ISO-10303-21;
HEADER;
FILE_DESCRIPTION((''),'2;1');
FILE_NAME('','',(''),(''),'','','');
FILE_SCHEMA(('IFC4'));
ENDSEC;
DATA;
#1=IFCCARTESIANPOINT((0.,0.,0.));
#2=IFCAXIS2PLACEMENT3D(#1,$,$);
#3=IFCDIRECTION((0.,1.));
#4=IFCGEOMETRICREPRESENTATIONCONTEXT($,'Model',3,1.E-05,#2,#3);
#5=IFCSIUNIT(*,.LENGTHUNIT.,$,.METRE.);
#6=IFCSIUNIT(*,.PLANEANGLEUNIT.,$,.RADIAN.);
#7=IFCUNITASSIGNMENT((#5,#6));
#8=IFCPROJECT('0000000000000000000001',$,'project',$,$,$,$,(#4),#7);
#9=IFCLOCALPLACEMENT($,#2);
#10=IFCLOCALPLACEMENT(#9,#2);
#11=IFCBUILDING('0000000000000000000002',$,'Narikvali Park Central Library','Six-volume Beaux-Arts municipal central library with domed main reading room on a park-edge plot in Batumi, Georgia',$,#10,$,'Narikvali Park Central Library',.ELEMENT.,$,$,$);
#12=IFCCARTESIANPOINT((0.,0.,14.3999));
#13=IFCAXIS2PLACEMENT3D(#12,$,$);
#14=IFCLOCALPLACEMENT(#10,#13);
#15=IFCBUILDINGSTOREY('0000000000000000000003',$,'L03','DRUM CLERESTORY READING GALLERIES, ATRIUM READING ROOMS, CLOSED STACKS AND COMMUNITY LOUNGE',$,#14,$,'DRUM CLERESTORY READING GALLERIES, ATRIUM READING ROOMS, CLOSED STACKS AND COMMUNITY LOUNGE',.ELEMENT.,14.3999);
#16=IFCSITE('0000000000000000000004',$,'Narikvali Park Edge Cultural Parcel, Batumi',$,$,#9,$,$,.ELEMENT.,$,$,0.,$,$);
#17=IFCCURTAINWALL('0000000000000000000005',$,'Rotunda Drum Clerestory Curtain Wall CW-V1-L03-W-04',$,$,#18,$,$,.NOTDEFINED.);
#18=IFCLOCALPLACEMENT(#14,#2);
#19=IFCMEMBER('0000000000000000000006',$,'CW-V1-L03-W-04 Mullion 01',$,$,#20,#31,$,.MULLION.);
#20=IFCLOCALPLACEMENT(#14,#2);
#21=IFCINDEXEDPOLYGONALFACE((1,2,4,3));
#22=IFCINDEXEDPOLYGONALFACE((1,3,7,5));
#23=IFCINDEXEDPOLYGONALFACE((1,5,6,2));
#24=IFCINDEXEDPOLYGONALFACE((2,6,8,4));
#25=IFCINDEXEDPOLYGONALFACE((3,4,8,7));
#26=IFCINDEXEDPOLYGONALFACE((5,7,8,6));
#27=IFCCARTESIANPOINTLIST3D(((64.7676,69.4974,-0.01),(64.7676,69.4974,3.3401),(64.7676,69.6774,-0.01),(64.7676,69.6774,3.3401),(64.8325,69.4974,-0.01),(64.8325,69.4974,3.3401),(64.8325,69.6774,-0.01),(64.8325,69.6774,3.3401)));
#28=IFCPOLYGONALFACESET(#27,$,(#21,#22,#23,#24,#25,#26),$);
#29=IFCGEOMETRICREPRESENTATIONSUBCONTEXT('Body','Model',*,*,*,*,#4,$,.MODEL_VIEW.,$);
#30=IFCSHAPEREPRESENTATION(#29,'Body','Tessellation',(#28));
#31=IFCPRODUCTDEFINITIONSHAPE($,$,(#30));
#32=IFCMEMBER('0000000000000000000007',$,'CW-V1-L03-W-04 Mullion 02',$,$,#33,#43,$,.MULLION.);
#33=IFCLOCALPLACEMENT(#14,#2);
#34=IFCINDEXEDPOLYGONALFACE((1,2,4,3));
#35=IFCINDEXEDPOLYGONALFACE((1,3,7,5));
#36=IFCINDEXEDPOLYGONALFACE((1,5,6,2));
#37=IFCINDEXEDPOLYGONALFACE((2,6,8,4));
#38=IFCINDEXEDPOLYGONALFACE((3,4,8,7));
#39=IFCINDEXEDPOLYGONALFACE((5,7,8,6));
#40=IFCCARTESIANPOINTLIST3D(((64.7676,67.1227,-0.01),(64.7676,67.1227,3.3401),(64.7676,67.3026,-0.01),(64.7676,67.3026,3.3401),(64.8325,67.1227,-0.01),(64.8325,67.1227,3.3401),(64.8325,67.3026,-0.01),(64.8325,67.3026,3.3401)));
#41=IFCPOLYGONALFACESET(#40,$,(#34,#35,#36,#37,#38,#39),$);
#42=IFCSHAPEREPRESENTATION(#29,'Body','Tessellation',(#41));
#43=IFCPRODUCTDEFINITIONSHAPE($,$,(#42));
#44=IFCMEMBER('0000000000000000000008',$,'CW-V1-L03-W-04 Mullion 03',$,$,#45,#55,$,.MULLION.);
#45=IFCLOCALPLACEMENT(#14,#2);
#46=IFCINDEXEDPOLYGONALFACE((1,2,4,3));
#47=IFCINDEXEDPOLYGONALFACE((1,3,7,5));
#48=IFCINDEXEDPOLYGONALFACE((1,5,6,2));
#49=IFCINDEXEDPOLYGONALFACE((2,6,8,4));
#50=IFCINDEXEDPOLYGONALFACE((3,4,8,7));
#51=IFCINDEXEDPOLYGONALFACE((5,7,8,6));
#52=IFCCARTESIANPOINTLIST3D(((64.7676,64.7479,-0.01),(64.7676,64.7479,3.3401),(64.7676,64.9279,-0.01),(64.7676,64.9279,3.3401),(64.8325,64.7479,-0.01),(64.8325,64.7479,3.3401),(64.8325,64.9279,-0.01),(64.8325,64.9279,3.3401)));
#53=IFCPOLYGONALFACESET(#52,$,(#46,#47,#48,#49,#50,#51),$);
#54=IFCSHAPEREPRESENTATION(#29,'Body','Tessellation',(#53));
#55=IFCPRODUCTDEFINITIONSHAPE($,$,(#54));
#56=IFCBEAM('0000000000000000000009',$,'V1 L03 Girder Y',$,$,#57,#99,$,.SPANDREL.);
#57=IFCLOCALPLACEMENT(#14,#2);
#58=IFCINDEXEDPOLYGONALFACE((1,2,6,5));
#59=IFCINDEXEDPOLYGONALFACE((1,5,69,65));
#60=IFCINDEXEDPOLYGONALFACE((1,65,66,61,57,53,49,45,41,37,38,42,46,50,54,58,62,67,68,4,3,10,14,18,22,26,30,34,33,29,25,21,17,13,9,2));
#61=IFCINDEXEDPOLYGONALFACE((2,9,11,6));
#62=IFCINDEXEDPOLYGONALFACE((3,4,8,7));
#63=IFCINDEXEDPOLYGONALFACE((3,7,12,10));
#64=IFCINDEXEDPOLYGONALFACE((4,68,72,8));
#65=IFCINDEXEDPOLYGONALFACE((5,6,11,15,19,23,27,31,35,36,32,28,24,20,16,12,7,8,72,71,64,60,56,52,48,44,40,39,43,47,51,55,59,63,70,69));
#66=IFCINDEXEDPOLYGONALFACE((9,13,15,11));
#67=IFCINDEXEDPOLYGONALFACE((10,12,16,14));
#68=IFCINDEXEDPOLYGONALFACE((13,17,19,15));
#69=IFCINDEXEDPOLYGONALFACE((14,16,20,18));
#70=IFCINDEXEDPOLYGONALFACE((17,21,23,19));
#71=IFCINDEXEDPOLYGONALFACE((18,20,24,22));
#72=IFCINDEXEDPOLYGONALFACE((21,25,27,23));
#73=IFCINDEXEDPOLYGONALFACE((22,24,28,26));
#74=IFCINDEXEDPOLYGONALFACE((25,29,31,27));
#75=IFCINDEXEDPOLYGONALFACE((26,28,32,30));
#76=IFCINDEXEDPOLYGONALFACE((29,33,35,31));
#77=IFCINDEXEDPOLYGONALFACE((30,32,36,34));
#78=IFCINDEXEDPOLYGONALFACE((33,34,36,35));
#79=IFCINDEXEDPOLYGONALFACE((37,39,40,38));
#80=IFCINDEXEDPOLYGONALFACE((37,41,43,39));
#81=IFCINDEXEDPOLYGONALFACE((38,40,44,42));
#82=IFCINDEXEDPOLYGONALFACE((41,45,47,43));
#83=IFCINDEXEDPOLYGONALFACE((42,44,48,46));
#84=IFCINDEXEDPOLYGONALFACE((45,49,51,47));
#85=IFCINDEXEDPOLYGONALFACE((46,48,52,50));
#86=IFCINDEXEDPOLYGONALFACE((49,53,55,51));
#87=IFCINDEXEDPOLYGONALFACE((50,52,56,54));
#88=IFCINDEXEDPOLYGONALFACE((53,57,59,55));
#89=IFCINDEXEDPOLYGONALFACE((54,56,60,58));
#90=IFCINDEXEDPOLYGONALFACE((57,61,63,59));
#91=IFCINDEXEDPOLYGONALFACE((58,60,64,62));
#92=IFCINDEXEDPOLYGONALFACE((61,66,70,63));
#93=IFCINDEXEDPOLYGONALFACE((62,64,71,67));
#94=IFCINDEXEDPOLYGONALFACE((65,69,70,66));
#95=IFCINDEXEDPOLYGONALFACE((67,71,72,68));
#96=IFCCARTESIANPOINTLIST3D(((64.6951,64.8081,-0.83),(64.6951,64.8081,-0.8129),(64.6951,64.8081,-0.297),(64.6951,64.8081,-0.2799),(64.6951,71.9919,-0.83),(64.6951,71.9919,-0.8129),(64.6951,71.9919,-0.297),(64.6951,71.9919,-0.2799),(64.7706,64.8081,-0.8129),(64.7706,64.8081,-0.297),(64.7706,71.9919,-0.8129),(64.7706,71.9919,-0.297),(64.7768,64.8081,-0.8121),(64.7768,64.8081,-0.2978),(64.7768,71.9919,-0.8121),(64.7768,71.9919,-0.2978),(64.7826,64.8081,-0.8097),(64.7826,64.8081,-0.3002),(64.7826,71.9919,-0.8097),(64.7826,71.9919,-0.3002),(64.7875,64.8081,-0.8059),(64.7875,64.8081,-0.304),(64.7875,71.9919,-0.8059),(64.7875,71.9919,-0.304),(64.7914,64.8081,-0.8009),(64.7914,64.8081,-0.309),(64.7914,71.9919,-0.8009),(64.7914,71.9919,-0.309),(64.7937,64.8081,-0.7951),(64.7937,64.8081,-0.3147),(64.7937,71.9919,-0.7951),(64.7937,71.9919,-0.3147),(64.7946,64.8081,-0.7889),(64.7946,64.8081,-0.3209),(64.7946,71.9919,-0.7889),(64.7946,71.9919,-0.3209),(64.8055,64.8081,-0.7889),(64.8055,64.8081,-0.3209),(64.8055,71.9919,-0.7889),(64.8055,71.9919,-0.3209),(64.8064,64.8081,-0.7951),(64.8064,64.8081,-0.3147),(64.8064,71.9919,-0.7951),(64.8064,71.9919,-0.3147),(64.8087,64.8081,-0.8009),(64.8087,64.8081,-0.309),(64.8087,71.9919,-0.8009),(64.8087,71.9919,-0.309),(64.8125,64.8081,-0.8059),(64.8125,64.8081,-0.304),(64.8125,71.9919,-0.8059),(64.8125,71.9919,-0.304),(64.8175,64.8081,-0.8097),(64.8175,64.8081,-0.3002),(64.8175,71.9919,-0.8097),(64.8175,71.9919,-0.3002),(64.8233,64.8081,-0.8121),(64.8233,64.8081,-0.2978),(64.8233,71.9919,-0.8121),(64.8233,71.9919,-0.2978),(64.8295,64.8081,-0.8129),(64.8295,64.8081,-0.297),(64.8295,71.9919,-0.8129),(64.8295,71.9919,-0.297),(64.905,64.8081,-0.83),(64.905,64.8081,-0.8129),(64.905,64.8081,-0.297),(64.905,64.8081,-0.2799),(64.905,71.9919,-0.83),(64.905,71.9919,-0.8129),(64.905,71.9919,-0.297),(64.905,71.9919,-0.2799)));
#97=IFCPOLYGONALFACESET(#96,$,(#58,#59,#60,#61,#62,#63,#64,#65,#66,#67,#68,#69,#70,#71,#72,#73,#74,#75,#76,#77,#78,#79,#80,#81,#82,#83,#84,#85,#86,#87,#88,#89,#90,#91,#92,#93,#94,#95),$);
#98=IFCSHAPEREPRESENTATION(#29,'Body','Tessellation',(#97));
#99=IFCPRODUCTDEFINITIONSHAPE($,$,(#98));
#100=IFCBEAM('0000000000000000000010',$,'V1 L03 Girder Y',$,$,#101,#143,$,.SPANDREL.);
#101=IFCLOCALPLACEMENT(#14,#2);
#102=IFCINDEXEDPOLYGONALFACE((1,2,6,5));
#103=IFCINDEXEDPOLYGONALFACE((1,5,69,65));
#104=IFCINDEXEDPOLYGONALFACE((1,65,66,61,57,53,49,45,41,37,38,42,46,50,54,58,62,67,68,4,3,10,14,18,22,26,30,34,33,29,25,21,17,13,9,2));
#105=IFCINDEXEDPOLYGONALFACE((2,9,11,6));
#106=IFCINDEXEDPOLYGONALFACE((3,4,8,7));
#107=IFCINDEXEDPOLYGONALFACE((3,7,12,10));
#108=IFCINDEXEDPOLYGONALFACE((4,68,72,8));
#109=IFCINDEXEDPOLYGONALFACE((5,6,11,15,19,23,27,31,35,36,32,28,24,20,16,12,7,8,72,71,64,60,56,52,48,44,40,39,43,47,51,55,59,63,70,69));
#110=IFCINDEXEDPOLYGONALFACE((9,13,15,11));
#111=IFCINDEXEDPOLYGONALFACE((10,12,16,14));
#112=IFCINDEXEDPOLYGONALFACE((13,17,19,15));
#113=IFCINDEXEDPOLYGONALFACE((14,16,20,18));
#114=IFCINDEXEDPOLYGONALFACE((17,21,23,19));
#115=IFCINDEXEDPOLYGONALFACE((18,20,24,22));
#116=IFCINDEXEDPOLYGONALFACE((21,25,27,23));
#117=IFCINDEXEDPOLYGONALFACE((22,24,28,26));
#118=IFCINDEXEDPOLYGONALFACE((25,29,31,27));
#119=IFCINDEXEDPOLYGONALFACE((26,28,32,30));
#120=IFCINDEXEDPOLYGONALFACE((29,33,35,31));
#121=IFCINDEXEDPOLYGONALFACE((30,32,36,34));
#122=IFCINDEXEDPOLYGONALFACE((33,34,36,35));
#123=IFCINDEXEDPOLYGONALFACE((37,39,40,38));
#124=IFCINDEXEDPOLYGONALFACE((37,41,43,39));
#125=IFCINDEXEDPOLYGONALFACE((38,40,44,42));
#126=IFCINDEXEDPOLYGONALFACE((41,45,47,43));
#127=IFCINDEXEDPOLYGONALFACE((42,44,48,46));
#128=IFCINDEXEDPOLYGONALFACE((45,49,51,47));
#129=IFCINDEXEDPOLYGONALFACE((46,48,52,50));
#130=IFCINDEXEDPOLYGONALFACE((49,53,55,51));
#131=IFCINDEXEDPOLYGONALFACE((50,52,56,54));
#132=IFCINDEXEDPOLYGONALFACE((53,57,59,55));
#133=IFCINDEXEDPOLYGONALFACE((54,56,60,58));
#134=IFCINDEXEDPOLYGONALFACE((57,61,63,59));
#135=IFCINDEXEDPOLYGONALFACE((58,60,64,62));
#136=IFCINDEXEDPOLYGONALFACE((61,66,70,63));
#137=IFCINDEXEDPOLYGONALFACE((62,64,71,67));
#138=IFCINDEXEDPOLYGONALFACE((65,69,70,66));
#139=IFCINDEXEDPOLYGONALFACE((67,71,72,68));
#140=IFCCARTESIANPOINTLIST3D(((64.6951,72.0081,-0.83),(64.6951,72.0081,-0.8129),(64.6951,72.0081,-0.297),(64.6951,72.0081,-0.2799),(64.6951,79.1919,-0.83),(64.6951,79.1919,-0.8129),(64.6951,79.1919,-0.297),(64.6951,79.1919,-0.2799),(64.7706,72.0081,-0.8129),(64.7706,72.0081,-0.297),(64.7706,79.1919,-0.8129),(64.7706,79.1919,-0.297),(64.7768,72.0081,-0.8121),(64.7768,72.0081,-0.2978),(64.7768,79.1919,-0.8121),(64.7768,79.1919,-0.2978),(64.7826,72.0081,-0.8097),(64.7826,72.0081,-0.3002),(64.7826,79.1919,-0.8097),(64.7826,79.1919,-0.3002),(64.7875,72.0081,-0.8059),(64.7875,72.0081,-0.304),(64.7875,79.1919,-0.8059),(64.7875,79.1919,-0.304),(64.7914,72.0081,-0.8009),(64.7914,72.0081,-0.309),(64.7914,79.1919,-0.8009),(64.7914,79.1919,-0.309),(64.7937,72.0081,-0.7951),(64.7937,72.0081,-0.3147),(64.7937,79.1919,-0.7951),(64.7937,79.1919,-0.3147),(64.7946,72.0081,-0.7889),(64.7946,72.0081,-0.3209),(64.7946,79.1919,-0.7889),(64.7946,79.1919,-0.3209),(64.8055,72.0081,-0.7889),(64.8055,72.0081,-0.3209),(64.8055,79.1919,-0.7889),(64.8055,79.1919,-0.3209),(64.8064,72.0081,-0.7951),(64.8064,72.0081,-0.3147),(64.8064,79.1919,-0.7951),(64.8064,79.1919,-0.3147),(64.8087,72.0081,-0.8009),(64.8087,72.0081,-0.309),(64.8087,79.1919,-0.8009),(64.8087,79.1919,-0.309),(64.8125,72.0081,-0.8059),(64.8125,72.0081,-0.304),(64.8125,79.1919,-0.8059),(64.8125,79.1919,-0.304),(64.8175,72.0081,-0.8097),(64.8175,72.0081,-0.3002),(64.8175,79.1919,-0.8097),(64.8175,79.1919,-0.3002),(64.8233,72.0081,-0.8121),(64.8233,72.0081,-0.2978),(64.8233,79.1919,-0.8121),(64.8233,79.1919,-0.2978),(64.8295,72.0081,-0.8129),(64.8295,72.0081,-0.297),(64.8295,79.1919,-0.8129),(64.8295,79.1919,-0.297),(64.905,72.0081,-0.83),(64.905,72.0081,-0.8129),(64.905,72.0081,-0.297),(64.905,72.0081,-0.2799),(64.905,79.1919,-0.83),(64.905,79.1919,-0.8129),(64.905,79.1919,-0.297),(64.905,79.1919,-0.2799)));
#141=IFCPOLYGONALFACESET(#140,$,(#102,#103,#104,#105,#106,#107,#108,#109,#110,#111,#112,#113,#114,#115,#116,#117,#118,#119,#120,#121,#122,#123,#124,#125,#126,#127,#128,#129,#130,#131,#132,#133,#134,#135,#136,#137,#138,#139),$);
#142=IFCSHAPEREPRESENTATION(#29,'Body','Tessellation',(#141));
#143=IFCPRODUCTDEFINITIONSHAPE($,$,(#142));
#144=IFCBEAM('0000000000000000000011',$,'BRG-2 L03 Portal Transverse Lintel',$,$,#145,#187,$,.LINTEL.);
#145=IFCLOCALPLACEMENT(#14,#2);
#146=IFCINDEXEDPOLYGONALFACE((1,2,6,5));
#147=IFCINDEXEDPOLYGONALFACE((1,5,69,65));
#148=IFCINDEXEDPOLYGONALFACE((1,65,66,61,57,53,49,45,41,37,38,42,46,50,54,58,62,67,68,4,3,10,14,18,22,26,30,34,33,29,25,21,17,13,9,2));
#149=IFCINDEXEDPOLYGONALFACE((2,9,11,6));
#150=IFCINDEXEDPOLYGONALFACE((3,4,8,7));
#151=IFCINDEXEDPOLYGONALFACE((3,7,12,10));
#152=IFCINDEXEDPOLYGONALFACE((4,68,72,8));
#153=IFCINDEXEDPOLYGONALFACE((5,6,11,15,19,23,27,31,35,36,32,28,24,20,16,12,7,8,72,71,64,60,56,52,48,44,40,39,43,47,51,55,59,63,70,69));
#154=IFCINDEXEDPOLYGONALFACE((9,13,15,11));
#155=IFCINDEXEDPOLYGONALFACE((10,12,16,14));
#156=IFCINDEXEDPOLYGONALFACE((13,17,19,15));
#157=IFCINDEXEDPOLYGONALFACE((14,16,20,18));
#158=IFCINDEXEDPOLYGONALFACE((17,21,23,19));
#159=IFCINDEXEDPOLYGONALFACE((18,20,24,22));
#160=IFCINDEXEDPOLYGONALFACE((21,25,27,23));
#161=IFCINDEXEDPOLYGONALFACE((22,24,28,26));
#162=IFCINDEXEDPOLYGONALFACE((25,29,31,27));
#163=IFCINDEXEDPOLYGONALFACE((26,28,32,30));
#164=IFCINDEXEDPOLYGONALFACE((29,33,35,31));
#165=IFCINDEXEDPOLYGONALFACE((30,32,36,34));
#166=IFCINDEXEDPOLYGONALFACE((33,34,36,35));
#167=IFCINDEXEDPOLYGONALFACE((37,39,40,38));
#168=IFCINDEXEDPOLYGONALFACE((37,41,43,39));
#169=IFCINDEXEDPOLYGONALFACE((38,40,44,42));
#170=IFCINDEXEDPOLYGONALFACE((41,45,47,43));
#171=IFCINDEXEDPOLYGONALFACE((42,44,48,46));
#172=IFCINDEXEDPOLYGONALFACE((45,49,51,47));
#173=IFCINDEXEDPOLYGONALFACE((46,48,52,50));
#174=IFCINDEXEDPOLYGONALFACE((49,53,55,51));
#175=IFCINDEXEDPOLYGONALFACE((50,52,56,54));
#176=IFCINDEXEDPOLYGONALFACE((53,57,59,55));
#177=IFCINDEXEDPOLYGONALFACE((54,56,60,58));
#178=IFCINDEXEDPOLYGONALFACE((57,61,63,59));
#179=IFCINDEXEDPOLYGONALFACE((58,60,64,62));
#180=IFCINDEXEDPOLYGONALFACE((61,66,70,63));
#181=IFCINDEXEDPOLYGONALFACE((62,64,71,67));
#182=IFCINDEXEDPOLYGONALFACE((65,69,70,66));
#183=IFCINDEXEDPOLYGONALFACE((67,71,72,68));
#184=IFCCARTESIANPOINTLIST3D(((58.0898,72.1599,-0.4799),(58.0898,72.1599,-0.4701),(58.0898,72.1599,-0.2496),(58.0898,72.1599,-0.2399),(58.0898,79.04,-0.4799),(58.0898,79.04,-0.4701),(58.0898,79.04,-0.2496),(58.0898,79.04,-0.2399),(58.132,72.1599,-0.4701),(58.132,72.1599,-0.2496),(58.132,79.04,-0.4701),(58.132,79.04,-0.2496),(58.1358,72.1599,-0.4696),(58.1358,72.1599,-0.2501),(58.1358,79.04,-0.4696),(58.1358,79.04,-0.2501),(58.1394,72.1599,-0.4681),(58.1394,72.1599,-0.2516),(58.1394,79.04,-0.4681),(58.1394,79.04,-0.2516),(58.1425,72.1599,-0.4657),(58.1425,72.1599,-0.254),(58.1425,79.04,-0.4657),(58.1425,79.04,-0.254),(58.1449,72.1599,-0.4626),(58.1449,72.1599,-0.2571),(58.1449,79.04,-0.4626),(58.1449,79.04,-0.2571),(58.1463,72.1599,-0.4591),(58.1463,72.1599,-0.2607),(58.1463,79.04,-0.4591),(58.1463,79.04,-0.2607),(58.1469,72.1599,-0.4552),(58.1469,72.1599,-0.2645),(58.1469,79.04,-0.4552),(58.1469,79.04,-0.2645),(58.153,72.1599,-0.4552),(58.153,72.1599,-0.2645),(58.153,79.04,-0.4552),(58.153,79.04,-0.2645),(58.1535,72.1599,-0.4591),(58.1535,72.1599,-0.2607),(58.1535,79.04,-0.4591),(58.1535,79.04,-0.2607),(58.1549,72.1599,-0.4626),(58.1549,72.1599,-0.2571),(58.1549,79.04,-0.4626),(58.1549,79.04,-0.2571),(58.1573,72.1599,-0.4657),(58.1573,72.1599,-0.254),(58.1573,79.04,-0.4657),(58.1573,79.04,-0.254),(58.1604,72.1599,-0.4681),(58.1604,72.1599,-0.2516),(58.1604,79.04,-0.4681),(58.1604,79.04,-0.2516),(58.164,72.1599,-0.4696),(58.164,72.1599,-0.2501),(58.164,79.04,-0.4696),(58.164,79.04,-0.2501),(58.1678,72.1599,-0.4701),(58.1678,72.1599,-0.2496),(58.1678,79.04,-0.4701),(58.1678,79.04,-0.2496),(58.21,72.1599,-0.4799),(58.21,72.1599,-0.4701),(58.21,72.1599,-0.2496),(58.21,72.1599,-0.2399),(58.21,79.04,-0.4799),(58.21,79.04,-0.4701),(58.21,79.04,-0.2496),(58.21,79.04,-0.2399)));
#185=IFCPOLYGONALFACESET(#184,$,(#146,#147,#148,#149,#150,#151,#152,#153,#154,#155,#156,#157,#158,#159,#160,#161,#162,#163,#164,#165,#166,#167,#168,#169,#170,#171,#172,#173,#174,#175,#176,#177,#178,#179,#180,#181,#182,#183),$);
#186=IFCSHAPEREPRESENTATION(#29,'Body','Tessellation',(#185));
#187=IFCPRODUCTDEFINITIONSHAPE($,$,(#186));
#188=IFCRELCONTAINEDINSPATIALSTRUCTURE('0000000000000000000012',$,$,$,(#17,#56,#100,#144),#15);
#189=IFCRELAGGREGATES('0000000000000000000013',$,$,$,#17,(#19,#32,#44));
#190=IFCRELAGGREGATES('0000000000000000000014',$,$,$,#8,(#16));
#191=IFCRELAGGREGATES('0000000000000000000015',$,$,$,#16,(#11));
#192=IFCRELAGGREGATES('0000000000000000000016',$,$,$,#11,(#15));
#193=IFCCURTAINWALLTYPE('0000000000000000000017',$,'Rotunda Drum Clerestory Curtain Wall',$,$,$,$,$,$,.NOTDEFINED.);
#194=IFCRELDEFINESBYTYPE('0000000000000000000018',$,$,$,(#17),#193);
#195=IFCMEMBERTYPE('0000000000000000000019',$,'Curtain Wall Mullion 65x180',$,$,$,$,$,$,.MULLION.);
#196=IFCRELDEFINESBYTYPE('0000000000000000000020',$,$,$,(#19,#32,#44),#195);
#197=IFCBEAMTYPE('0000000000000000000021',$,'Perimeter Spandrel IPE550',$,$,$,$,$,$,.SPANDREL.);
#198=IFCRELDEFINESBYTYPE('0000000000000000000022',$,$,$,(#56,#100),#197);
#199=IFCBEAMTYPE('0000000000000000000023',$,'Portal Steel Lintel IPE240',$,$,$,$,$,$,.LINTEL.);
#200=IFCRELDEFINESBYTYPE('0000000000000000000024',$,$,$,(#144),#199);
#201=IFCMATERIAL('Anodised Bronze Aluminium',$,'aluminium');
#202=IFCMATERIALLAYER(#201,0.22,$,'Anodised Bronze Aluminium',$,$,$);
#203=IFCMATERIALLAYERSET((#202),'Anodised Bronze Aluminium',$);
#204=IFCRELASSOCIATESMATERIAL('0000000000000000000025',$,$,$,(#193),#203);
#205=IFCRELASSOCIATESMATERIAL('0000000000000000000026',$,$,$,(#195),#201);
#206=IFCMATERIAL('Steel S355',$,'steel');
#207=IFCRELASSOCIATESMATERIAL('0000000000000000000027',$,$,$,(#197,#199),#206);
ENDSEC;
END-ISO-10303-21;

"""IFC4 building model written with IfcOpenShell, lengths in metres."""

from ifc_helpers import new_model, si_unit, direction, frame, origin, origin_2d, place, context, subcontext, project, spatial, rectangle, i_section, extrude, material, layer, layer_set, material_profile, profile_set, type_object, element, aggregate, save


model = new_model("IFC4")

# Units and contexts
model_context = context("Model", 3, precision=1e-05, world=origin(), true_north=direction((0.0, 1.0)))
body_context = subcontext(model_context, "Body", "Model", "MODEL_VIEW")
ifc_project = project(units=[si_unit("LENGTHUNIT", "METRE"), si_unit("PLANEANGLEUNIT", "RADIAN")], contexts=[model_context])

# Site, building, storey
site_placement = place(None, origin())
site = spatial("IfcSite", under=ifc_project, at=site_placement, Name="Narikvali Park Edge Cultural Parcel, Batumi", CompositionType="ELEMENT", RefElevation=0.0)
building_placement = place(site_placement, origin())
building = spatial("IfcBuilding", under=site, at=building_placement, Name="Narikvali Park Central Library", Description="Six-volume Beaux-Arts municipal central library with domed main reading room on a park-edge plot in Batumi, Georgia", LongName="Narikvali Park Central Library", CompositionType="ELEMENT")
storey_placement = place(building_placement, frame((0.0, 0.0, 14.3999)))
storey = spatial("IfcBuildingStorey", under=building, at=storey_placement, Name="L03", Description="DRUM CLERESTORY READING GALLERIES, ATRIUM READING ROOMS, CLOSED STACKS AND COMMUNITY LOUNGE", LongName="DRUM CLERESTORY READING GALLERIES, ATRIUM READING ROOMS, CLOSED STACKS AND COMMUNITY LOUNGE", CompositionType="ELEMENT", Elevation=14.3999)

# Shared definitions
ifc_material_1 = material(Name="Steel S355", Category="steel")

# Curtain wall
ifc_material_2 = material(Name="Anodised Bronze Aluminium", Category="aluminium")
ifc_layer_1 = layer(ifc_material_2, 0.22, Name="Anodised Bronze Aluminium")
ifc_layer_set_1 = layer_set([ifc_layer_1], Name="Anodised Bronze Aluminium")
curtain_wall_type = type_object("IfcCurtainWallType", Name="Rotunda Drum Clerestory Curtain Wall", PredefinedType="NOTDEFINED", material=ifc_layer_set_1)
curtain_wall_1_placement = place(storey_placement, origin())
curtain_wall_1 = element("IfcCurtainWall", 1, at=curtain_wall_1_placement, inside=storey, type_object=curtain_wall_type, Name="Rotunda Drum Clerestory Curtain Wall CW-V1-L03-W-04", PredefinedType="NOTDEFINED")
ifc_material_profile_1 = material_profile(ifc_material_2, rectangle(XDim=0.0649, YDim=0.1799, at=origin_2d()), Name="CW MULLION 65x180")
ifc_profile_set_1 = profile_set([ifc_material_profile_1], Name="Anodised Bronze Aluminium")
member_type_1 = type_object("IfcMemberType", Name="Curtain Wall Mullion 65x180", PredefinedType="MULLION", material=ifc_profile_set_1)

# Members
member_1_placement = place(storey_placement, frame((64.8, 69.5874, -0.01), z_axis=(0.0, 0.0, 1.0), x_axis=(1.0, 0.0, 0.0)))
member_1 = element("IfcMember", 2, at=member_1_placement, type_object=member_type_1, Name="CW-V1-L03-W-04 Mullion 01", PredefinedType="MULLION", context=body_context, shape_type="SweptSolid", body=[
    extrude(rectangle(XDim=0.0649, YDim=0.1799, at=origin_2d()), origin(), (0.0, 0.0, 1.0), 3.3501),
])
member_2_placement = place(storey_placement, frame((64.8, 67.2126, -0.01), z_axis=(0.0, 0.0, 1.0), x_axis=(1.0, 0.0, 0.0)))
member_2 = element("IfcMember", 3, at=member_2_placement, type_object=member_type_1, Name="CW-V1-L03-W-04 Mullion 02", PredefinedType="MULLION", context=body_context, shape_type="SweptSolid", body=[
    extrude(rectangle(XDim=0.0649, YDim=0.1799, at=origin_2d()), origin(), (0.0, 0.0, 1.0), 3.3501),
])
member_3_placement = place(storey_placement, frame((64.8, 64.8379, -0.01), z_axis=(0.0, 0.0, 1.0), x_axis=(1.0, 0.0, 0.0)))
member_3 = element("IfcMember", 4, at=member_3_placement, type_object=member_type_1, Name="CW-V1-L03-W-04 Mullion 03", PredefinedType="MULLION", context=body_context, shape_type="SweptSolid", body=[
    extrude(rectangle(XDim=0.0649, YDim=0.1799, at=origin_2d()), origin(), (0.0, 0.0, 1.0), 3.3501),
])

# Beams
ifc_material_profile_2 = material_profile(ifc_material_1, i_section(OverallWidth=0.21, OverallDepth=0.55, WebThickness=0.011, FlangeThickness=0.0171, FilletRadius=0.0239, at=origin_2d()), Name="IPE 550")
ifc_profile_set_2 = profile_set([ifc_material_profile_2], Name="Steel S355")
beam_type_1 = type_object("IfcBeamType", Name="Perimeter Spandrel IPE550", PredefinedType="SPANDREL", material=ifc_profile_set_2)
for number, where, z_axis, x_axis, name in (
    (5, (64.8, 64.8081, -0.5549), (0.0, 1.0, 0.0), (-1.0, 0.0, 0.0), "V1 L03 Girder Y"),
    (6, (64.8, 72.0081, -0.5549), (0.0, 1.0, 0.0), (-1.0, 0.0, 0.0), "V1 L03 Girder Y"),
):
    element("IfcBeam", number, at=place(storey_placement, frame(where, z_axis=z_axis, x_axis=x_axis)), inside=storey, type_object=beam_type_1, Name=name, PredefinedType="SPANDREL", context=body_context, shape_type="SweptSolid", body=[
        extrude(i_section(OverallWidth=0.21, OverallDepth=0.55, WebThickness=0.011, FlangeThickness=0.0171, FilletRadius=0.0239, at=origin_2d()), origin(), (0.0, 0.0, 1.0), 7.1838),
    ])
ifc_material_profile_3 = material_profile(ifc_material_1, i_section(OverallWidth=0.1201, OverallDepth=0.24, WebThickness=0.0061, FlangeThickness=0.0098, FilletRadius=0.0149, at=origin_2d()), Name="IPE 240")
ifc_profile_set_3 = profile_set([ifc_material_profile_3], Name="Steel S355")
beam_type_2 = type_object("IfcBeamType", Name="Portal Steel Lintel IPE240", PredefinedType="LINTEL", material=ifc_profile_set_3)
beam_1_placement = place(storey_placement, frame((58.1499, 72.1599, -0.3599), z_axis=(0.0, 1.0, 0.0), x_axis=(-1.0, 0.0, 0.0)))
element("IfcBeam", 7, at=beam_1_placement, inside=storey, type_object=beam_type_2, Name="BRG-2 L03 Portal Transverse Lintel", PredefinedType="LINTEL", context=body_context, shape_type="SweptSolid", body=[
    extrude(i_section(OverallWidth=0.1201, OverallDepth=0.24, WebThickness=0.0061, FlangeThickness=0.0098, FilletRadius=0.0149, at=origin_2d()), origin(), (0.0, 0.0, 1.0), 6.8801),
])

aggregate(curtain_wall_1, [member_1, member_2, member_3])

save(model, "model.ifc")
